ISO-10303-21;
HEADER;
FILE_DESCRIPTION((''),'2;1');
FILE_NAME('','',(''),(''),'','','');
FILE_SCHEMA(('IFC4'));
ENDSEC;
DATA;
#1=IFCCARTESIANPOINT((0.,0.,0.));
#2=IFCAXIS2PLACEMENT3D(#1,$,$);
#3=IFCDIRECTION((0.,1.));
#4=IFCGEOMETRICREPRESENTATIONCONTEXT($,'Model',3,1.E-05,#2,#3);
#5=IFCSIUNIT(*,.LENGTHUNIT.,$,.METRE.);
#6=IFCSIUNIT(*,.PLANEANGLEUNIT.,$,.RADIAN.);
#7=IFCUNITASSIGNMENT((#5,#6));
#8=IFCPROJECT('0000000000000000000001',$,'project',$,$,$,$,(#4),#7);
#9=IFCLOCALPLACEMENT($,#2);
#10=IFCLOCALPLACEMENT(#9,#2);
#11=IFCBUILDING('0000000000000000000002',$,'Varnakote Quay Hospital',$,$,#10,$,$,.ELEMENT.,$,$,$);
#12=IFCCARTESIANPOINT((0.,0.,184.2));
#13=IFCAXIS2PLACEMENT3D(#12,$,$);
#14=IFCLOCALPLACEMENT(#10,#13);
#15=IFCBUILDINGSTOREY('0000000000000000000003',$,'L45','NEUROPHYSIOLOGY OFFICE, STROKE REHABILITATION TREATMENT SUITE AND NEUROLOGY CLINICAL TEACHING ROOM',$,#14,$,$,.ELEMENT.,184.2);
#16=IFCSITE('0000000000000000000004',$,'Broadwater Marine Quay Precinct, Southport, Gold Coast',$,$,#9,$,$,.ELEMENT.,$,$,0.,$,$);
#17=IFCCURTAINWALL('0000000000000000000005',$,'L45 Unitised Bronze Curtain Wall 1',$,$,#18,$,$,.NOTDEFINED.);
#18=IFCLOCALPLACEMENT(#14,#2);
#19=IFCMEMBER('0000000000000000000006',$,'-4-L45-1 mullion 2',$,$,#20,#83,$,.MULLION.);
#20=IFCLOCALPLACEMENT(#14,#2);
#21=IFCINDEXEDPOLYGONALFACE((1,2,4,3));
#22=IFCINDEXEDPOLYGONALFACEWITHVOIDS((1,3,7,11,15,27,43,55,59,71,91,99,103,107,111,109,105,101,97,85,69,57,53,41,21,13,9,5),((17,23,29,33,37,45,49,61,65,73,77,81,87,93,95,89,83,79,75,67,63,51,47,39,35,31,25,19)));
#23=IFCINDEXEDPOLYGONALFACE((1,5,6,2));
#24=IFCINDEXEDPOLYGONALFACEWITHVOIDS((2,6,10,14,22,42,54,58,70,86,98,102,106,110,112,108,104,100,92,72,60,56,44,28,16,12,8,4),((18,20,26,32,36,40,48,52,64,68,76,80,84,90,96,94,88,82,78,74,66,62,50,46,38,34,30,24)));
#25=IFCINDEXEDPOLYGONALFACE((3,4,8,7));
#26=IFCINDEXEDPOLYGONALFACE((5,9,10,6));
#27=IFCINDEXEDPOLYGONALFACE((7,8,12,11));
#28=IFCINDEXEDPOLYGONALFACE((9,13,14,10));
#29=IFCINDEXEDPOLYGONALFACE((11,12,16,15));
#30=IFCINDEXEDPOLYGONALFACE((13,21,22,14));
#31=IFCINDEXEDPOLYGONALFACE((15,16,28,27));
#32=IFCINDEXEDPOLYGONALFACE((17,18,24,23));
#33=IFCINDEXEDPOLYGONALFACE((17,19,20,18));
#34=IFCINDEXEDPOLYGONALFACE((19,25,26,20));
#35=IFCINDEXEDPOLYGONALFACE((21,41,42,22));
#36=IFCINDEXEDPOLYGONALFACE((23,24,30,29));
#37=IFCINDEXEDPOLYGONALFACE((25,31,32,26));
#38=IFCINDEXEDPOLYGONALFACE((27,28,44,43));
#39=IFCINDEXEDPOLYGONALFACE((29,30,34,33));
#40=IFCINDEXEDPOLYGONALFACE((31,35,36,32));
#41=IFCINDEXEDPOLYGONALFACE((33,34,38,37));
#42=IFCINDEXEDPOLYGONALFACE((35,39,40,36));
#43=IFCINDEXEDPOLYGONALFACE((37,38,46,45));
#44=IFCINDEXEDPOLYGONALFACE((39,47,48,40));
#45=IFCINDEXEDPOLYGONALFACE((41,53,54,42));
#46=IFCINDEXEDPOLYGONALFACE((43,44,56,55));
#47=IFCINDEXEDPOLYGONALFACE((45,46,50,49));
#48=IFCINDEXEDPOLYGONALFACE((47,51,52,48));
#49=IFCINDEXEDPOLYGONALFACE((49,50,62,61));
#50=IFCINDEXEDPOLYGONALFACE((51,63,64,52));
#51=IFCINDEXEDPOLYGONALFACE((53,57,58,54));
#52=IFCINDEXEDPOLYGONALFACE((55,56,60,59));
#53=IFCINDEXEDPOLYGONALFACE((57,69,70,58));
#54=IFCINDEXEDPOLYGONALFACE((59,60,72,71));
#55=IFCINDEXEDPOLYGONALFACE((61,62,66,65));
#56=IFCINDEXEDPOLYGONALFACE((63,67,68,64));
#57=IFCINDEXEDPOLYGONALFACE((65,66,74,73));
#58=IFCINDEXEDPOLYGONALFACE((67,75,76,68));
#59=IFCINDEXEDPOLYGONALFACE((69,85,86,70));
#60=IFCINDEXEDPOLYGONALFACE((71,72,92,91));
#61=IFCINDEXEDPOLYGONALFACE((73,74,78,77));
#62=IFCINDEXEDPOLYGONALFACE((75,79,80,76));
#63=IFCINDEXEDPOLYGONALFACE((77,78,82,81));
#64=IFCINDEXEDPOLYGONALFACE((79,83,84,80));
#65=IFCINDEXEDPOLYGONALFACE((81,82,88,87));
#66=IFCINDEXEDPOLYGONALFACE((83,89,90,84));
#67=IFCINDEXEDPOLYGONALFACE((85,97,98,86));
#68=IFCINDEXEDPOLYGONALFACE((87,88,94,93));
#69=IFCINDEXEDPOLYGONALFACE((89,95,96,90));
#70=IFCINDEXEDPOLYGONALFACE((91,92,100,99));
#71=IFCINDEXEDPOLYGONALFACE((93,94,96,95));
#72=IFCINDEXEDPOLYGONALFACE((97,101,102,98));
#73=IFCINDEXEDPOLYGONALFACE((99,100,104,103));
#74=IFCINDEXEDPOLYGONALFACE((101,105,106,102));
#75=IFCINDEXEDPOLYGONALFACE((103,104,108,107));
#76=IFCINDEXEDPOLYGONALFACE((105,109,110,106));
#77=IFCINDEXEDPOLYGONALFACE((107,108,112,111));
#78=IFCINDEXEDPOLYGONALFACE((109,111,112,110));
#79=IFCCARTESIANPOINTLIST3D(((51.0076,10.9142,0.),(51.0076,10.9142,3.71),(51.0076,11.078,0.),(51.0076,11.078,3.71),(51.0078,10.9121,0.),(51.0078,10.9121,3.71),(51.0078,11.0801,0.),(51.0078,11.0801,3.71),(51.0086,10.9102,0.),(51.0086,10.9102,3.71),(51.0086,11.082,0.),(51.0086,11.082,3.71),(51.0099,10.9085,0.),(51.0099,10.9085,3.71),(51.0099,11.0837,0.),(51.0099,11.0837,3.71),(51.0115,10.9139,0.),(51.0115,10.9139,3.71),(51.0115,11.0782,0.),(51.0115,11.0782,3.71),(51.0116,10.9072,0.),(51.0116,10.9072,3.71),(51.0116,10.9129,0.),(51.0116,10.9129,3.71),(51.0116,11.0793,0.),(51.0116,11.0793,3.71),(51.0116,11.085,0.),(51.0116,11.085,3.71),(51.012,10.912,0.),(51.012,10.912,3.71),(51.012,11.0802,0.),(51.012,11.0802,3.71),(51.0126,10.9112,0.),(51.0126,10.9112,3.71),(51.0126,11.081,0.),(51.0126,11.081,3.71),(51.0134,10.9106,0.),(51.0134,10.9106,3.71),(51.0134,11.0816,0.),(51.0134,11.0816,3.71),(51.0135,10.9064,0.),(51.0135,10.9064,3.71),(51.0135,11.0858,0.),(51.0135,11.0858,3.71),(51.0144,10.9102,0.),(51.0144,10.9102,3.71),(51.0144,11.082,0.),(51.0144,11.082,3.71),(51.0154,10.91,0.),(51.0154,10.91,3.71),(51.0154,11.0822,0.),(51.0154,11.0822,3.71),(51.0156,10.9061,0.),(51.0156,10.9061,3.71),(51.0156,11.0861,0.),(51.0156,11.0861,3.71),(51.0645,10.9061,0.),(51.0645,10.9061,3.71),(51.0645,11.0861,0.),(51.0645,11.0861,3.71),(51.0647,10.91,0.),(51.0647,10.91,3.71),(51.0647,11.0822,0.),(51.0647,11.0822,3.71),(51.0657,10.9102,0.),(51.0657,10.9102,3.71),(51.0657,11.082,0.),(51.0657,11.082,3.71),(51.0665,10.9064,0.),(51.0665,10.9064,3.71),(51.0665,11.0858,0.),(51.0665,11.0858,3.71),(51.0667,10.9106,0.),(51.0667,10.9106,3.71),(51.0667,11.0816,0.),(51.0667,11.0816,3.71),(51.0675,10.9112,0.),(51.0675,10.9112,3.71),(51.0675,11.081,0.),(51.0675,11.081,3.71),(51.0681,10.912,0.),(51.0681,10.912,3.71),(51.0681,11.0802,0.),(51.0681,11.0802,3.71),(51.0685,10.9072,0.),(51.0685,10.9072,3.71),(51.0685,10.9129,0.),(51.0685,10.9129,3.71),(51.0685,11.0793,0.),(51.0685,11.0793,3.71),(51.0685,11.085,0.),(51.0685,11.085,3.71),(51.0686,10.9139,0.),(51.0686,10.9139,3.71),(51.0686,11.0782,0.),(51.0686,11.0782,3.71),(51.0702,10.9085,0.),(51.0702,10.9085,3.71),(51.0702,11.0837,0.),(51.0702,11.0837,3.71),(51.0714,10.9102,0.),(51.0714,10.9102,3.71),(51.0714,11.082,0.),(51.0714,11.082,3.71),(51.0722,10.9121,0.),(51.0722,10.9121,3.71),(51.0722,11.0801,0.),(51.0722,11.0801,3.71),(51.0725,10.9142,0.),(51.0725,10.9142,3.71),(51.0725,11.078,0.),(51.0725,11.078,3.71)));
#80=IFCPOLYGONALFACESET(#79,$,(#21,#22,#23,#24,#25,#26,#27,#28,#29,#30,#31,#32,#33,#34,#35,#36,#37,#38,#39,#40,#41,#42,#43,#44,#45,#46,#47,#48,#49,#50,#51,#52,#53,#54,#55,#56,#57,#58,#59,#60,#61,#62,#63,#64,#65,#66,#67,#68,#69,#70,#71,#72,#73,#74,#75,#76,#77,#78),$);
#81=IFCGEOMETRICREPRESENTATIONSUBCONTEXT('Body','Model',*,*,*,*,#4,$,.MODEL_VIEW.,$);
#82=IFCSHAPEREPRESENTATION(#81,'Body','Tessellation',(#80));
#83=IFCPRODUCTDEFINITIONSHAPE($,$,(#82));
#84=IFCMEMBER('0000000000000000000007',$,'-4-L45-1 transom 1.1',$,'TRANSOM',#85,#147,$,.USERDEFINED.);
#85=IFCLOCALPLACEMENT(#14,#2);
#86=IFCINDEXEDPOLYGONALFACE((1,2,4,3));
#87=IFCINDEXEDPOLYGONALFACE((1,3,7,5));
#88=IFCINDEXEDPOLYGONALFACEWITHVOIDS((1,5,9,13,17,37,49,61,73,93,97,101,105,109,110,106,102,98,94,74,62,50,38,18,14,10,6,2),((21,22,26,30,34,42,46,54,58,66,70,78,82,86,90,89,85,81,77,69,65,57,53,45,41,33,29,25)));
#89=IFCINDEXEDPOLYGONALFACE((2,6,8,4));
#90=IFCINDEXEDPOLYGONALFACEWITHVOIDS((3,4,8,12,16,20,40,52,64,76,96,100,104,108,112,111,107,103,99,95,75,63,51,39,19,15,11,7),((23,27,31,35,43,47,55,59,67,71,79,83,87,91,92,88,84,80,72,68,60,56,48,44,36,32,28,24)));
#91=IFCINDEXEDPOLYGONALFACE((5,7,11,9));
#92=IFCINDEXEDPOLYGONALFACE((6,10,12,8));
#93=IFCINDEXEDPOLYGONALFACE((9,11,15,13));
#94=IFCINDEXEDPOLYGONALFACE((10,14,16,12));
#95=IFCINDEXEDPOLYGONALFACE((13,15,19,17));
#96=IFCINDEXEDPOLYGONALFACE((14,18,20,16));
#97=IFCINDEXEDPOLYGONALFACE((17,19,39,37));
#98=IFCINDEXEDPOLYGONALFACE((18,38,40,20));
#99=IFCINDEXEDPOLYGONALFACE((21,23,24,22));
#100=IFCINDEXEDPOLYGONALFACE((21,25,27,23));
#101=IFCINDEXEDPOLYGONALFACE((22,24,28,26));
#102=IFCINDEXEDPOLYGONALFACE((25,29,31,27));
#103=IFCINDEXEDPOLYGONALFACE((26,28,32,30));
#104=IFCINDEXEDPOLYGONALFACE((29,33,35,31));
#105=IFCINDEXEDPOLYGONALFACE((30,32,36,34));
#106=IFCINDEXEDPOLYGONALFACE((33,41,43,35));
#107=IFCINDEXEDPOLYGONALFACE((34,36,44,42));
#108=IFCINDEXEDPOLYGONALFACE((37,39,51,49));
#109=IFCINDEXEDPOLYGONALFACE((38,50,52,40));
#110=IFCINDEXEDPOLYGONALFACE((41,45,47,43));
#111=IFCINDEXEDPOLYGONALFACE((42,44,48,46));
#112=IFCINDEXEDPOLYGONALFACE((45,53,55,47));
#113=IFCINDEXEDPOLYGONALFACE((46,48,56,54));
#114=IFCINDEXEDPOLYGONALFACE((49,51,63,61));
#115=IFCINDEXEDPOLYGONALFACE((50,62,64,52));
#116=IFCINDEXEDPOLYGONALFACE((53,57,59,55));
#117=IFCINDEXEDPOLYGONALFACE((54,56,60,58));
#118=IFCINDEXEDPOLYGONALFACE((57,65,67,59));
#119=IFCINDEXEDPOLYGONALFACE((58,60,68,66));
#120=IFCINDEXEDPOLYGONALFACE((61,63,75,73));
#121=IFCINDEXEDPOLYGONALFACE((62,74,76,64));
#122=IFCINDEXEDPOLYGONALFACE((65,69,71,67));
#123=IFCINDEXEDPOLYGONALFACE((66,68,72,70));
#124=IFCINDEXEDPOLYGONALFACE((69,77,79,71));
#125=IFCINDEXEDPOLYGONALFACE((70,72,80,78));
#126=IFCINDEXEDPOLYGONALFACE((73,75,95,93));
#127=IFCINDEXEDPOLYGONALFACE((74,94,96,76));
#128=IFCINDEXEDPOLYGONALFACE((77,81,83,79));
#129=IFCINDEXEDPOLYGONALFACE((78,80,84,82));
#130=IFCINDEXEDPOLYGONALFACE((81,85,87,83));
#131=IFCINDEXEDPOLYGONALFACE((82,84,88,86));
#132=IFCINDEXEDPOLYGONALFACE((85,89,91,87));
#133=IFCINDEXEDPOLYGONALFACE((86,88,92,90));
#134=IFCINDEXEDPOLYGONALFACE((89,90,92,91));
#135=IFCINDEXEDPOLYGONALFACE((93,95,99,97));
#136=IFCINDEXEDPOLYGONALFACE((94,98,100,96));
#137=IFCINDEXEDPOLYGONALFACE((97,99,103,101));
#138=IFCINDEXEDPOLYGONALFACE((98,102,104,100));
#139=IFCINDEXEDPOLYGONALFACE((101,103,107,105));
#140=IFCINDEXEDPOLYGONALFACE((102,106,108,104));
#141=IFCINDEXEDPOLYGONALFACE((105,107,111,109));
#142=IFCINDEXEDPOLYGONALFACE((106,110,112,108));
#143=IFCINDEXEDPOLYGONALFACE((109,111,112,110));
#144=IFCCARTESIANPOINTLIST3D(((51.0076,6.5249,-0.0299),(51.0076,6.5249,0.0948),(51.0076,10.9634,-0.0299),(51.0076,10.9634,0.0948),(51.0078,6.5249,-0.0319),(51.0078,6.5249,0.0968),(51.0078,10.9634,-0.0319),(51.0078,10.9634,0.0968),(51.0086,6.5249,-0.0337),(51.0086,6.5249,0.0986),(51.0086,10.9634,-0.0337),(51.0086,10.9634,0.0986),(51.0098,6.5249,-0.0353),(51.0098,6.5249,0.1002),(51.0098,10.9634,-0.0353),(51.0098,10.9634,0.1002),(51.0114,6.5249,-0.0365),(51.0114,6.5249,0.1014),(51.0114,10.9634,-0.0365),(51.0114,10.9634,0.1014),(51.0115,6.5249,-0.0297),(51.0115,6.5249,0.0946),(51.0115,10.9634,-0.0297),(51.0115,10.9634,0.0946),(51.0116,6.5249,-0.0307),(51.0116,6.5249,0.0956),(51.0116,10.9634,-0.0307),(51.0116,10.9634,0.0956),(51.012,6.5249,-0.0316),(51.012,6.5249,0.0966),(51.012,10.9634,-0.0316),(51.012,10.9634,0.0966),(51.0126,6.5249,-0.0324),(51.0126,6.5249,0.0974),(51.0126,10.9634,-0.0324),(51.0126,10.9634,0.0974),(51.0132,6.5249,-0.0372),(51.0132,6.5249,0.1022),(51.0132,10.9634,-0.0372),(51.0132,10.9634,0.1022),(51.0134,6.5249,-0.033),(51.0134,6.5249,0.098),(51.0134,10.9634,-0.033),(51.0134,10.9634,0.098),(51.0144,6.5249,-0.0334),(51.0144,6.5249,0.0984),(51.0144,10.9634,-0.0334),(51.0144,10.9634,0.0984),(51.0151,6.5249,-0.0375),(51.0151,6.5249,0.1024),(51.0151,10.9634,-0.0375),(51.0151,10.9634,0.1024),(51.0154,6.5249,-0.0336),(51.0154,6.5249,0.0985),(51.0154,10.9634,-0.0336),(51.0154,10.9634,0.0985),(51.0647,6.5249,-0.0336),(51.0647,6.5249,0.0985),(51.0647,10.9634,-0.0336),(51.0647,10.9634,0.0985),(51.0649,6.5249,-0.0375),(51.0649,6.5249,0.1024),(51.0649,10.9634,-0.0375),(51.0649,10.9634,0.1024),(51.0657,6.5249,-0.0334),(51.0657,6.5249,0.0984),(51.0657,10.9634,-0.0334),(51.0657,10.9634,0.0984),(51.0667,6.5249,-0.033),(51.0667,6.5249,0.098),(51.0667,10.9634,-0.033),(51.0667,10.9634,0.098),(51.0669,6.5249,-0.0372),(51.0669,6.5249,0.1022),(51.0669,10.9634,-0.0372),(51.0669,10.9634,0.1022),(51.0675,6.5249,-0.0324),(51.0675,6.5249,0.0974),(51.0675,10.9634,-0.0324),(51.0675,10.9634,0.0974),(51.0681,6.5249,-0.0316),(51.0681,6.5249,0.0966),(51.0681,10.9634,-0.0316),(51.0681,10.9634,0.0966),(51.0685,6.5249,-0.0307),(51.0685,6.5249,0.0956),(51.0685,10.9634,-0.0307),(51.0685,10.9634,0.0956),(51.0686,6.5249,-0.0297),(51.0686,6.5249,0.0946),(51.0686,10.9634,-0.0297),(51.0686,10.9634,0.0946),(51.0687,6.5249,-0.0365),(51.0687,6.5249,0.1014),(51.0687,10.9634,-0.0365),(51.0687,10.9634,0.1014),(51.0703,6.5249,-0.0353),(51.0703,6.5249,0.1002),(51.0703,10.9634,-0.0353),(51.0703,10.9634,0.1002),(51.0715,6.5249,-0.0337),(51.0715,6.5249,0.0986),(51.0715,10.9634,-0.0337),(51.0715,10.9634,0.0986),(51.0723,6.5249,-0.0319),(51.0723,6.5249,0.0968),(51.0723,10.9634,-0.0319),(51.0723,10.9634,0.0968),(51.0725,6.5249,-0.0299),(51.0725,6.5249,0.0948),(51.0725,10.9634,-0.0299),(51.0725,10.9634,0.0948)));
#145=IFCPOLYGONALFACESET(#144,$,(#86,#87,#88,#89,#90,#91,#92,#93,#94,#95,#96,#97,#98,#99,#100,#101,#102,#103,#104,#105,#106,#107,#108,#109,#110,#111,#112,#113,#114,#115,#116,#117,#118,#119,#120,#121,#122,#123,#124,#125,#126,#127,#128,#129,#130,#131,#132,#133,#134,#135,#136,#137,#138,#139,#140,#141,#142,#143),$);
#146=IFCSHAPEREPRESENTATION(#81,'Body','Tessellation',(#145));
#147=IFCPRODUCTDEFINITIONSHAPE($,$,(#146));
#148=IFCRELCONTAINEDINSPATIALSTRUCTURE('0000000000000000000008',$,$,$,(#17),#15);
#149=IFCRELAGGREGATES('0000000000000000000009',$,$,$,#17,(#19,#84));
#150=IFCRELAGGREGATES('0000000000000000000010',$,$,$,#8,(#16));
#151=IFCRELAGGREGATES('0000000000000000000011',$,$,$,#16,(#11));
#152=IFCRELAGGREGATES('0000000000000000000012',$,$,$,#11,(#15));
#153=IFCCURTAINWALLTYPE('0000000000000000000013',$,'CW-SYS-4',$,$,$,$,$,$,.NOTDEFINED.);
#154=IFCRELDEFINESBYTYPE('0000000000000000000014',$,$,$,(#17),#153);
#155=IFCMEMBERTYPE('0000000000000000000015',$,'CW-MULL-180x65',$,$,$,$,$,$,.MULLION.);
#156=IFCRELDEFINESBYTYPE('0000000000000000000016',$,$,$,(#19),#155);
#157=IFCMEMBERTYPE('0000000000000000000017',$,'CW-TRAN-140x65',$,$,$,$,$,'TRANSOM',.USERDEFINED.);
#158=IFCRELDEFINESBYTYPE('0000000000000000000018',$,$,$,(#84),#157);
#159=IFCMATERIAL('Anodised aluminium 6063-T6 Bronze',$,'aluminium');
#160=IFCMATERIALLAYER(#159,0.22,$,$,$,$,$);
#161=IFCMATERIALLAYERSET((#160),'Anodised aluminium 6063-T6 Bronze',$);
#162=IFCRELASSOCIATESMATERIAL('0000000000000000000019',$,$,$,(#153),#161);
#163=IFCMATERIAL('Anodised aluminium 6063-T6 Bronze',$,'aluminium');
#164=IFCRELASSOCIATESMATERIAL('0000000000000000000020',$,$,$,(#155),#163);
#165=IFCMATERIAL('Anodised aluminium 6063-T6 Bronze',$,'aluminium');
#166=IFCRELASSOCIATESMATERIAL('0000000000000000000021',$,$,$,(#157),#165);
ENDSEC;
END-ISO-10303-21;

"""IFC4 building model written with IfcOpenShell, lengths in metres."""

from ifc_helpers import new_model, si_unit, direction, frame, origin, origin_2d, place, context, subcontext, project, spatial, hollow_rectangle, extrude, material, layer, layer_set, material_profile, profile_set, type_object, element, aggregate, save


model = new_model("IFC4")

# Units and contexts
model_context = context("Model", 3, precision=1e-05, world=origin(), true_north=direction((0.0, 1.0)))
body_context = subcontext(model_context, "Body", "Model", "MODEL_VIEW")
ifc_project = project(units=[si_unit("LENGTHUNIT", "METRE"), si_unit("PLANEANGLEUNIT", "RADIAN")], contexts=[model_context])

# Site, building, storey
site_placement = place(None, origin())
site = spatial("IfcSite", under=ifc_project, at=site_placement, Name="Broadwater Marine Quay Precinct, Southport, Gold Coast", CompositionType="ELEMENT", RefElevation=0.0)
building_placement = place(site_placement, origin())
building = spatial("IfcBuilding", under=site, at=building_placement, Name="Varnakote Quay Hospital", CompositionType="ELEMENT")
storey_placement = place(building_placement, frame((0.0, 0.0, 184.2)))
storey = spatial("IfcBuildingStorey", under=building, at=storey_placement, Name="L45", Description="NEUROPHYSIOLOGY OFFICE, STROKE REHABILITATION TREATMENT SUITE AND NEUROLOGY CLINICAL TEACHING ROOM", CompositionType="ELEMENT", Elevation=184.2)

# Curtain wall, members
ifc_material_1 = material(Name="Anodised aluminium 6063-T6 Bronze", Category="aluminium")
ifc_layer_1 = layer(ifc_material_1, 0.22)
ifc_layer_set_1 = layer_set([ifc_layer_1], Name="Anodised aluminium 6063-T6 Bronze")
curtain_wall_type = type_object("IfcCurtainWallType", Name="CW-SYS-4", PredefinedType="NOTDEFINED", material=ifc_layer_set_1)
curtain_wall_placement = place(storey_placement, origin())
curtain_wall = element("IfcCurtainWall", 1, at=curtain_wall_placement, inside=storey, type_object=curtain_wall_type, Name="L45 Unitised Bronze Curtain Wall 1", PredefinedType="NOTDEFINED")
ifc_material_2 = material(Name="Anodised aluminium 6063-T6 Bronze", Category="aluminium")
ifc_material_profile_1 = material_profile(ifc_material_2, hollow_rectangle(XDim=0.0649, YDim=0.1799, WallThickness=0.0039, InnerFilletRadius=0.0039, OuterFilletRadius=0.0081, at=origin_2d()), Name="CW-MULL-180x65")
ifc_profile_set_1 = profile_set([ifc_material_profile_1], Name="Anodised aluminium 6063-T6 Bronze")
member_type_1 = type_object("IfcMemberType", Name="CW-MULL-180x65", PredefinedType="MULLION", material=ifc_profile_set_1)
member_1_placement = place(storey_placement, frame((51.04, 10.9961, 0.0), z_axis=(0.0, 0.0, 1.0), x_axis=(-1.0, 0.0, 0.0)))
member_1 = element("IfcMember", 2, at=member_1_placement, type_object=member_type_1, Name="-4-L45-1 mullion 2", PredefinedType="MULLION", context=body_context, shape_type="SweptSolid", body=[
    extrude(hollow_rectangle(XDim=0.0649, YDim=0.1799, WallThickness=0.0039, InnerFilletRadius=0.0039, OuterFilletRadius=0.0081, at=origin_2d()), origin(), (0.0, 0.0, 1.0), 3.71),
])
ifc_material_3 = material(Name="Anodised aluminium 6063-T6 Bronze", Category="aluminium")
ifc_material_profile_2 = material_profile(ifc_material_3, hollow_rectangle(XDim=0.0649, YDim=0.1399, WallThickness=0.0039, InnerFilletRadius=0.0039, OuterFilletRadius=0.0076, at=origin_2d()), Name="CW-TRAN-140x65")
ifc_profile_set_2 = profile_set([ifc_material_profile_2], Name="Anodised aluminium 6063-T6 Bronze")
member_type_2 = type_object("IfcMemberType", Name="CW-TRAN-140x65", ElementType="TRANSOM", PredefinedType="USERDEFINED", material=ifc_profile_set_2)
member_2_placement = place(storey_placement, frame((51.04, 6.5249, 0.0325), z_axis=(0.0, 1.0, 0.0), x_axis=(-1.0, 0.0, 0.0)))
member_2 = element("IfcMember", 3, at=member_2_placement, type_object=member_type_2, Name="-4-L45-1 transom 1.1", ObjectType="TRANSOM", PredefinedType="USERDEFINED", context=body_context, shape_type="SweptSolid", body=[
    extrude(hollow_rectangle(XDim=0.0649, YDim=0.1399, WallThickness=0.0039, InnerFilletRadius=0.0039, OuterFilletRadius=0.0076, at=origin_2d()), origin(), (0.0, 0.0, 1.0), 4.4385),
])
aggregate(curtain_wall, [member_1, member_2])

save(model, "model.ifc")
